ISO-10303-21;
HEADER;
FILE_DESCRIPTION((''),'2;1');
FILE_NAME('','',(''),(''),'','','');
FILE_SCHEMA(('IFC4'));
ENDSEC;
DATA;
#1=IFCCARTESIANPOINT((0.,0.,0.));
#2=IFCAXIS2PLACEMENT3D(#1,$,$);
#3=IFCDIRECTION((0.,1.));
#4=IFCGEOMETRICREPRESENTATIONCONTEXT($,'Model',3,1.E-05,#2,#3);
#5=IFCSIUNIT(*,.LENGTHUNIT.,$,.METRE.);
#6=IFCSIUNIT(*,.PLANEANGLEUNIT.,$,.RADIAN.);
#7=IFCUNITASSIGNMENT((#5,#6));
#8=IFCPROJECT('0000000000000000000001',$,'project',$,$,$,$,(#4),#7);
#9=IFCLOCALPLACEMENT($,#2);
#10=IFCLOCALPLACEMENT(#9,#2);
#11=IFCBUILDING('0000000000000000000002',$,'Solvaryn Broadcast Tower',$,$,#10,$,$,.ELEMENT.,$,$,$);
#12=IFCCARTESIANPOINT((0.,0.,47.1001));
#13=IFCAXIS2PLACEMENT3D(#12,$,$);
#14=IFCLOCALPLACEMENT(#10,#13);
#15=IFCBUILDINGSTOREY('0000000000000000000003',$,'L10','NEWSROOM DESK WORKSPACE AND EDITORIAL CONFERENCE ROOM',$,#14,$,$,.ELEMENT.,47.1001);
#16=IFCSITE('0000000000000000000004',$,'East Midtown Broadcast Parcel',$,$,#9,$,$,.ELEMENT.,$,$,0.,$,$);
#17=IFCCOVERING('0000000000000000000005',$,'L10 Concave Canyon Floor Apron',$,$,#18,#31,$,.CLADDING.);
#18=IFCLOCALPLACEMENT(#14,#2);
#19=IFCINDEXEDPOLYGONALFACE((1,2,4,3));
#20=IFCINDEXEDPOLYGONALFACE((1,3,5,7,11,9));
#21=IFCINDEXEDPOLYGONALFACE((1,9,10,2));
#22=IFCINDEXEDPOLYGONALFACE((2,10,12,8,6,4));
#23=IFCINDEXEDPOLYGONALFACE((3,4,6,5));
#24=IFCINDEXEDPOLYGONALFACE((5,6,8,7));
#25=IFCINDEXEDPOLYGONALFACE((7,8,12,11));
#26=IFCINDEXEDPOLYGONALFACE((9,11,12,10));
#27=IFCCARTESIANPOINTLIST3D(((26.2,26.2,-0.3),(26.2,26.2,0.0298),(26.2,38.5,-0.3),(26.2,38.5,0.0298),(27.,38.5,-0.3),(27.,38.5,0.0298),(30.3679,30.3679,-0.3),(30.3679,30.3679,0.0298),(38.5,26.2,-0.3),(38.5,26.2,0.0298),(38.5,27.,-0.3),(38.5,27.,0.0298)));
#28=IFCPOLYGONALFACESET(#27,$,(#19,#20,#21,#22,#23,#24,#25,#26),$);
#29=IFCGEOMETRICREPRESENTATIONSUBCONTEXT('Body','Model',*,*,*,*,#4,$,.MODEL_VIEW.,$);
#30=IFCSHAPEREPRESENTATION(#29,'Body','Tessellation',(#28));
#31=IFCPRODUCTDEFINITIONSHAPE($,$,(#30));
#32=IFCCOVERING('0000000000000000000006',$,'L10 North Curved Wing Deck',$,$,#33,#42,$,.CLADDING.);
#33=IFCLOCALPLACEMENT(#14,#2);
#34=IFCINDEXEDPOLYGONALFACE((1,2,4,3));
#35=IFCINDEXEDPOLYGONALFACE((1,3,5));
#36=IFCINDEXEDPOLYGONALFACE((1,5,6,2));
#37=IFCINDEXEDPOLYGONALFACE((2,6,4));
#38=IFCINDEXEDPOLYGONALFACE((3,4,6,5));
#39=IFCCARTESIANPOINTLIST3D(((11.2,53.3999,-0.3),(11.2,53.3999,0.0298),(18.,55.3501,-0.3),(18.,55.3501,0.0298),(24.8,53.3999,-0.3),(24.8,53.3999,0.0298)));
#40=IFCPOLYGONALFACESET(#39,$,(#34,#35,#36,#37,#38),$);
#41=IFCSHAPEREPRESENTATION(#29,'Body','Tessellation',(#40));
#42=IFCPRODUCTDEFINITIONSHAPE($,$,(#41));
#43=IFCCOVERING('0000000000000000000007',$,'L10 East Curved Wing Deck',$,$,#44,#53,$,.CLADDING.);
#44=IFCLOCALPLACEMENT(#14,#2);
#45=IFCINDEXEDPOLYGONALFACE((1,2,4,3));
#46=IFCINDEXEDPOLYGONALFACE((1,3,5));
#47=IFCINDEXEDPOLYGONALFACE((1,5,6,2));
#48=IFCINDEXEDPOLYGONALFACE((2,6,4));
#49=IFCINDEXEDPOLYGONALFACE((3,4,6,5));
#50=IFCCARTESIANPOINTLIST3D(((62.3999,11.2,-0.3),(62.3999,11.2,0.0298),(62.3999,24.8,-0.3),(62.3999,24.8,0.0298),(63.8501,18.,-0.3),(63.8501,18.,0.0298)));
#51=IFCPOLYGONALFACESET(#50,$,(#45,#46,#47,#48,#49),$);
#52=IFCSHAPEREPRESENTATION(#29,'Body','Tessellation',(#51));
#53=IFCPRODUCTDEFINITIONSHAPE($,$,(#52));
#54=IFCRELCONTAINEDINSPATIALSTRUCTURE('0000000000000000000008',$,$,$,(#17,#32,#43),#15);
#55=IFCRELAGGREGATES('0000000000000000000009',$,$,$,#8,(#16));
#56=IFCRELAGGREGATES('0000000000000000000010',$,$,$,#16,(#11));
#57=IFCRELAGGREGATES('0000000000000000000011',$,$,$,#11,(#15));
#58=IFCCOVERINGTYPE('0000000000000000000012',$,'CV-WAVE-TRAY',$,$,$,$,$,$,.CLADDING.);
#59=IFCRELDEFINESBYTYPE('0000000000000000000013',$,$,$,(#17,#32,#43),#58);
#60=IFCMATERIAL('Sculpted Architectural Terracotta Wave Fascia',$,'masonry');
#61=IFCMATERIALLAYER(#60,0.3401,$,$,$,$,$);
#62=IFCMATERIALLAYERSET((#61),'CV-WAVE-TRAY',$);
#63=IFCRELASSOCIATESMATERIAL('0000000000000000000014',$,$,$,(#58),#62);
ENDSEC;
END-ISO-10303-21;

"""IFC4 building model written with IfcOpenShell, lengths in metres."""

from ifc_helpers import new_model, si_unit, direction, frame, origin, place, context, subcontext, project, spatial, polyline, outline, extrude, material, layer, layer_set, type_object, element, save


model = new_model("IFC4")

# Units and contexts
model_context = context("Model", 3, precision=1e-05, world=origin(), true_north=direction((0.0, 1.0)))
body_context = subcontext(model_context, "Body", "Model", "MODEL_VIEW")
ifc_project = project(units=[si_unit("LENGTHUNIT", "METRE"), si_unit("PLANEANGLEUNIT", "RADIAN")], contexts=[model_context])

# Site, building, storey
site_placement = place(None, origin())
site = spatial("IfcSite", under=ifc_project, at=site_placement, Name="East Midtown Broadcast Parcel", CompositionType="ELEMENT", RefElevation=0.0)
building_placement = place(site_placement, origin())
building = spatial("IfcBuilding", under=site, at=building_placement, Name="Solvaryn Broadcast Tower", CompositionType="ELEMENT")
storey_placement = place(building_placement, frame((0.0, 0.0, 47.1001)))
storey = spatial("IfcBuildingStorey", under=building, at=storey_placement, Name="L10", Description="NEWSROOM DESK WORKSPACE AND EDITORIAL CONFERENCE ROOM", CompositionType="ELEMENT", Elevation=47.1001)

# Coverings
ifc_material_1 = material(Name="Sculpted Architectural Terracotta Wave Fascia", Category="masonry")
ifc_layer_1 = layer(ifc_material_1, 0.3401)
ifc_layer_set_1 = layer_set([ifc_layer_1], Name="CV-WAVE-TRAY")
covering_type_1 = type_object("IfcCoveringType", Name="CV-WAVE-TRAY", PredefinedType="CLADDING", material=ifc_layer_set_1)
covering_1_placement = place(storey_placement, frame((0.0, 0.0, -0.3)))
element("IfcCovering", 1, at=covering_1_placement, inside=storey, type_object=covering_type_1, Name="L10 Concave Canyon Floor Apron", PredefinedType="CLADDING", context=body_context, shape_type="SweptSolid", body=[
    extrude(outline(polyline([(26.2, 26.2), (38.5, 26.2), (38.5, 27.0), (30.3679, 30.3679), (27.0, 38.5), (26.2, 38.5), (26.2, 26.2)])), origin(), (0.0, 0.0, 1.0), 0.3298),
])
covering_2_placement = place(storey_placement, frame((0.0, 0.0, -0.3)))
element("IfcCovering", 2, at=covering_2_placement, inside=storey, type_object=covering_type_1, Name="L10 North Curved Wing Deck", PredefinedType="CLADDING", context=body_context, shape_type="SweptSolid", body=[
    extrude(outline(polyline([(11.2, 53.3999), (24.8, 53.3999), (18.0, 55.3501), (11.2, 53.3999)])), origin(), (0.0, 0.0, 1.0), 0.3298),
])
covering_3_placement = place(storey_placement, frame((0.0, 0.0, -0.3)))
element("IfcCovering", 3, at=covering_3_placement, inside=storey, type_object=covering_type_1, Name="L10 East Curved Wing Deck", PredefinedType="CLADDING", context=body_context, shape_type="SweptSolid", body=[
    extrude(outline(polyline([(62.3999, 11.2), (63.8501, 18.0), (62.3999, 24.8), (62.3999, 11.2)])), origin(), (0.0, 0.0, 1.0), 0.3298),
])

save(model, "model.ifc")
